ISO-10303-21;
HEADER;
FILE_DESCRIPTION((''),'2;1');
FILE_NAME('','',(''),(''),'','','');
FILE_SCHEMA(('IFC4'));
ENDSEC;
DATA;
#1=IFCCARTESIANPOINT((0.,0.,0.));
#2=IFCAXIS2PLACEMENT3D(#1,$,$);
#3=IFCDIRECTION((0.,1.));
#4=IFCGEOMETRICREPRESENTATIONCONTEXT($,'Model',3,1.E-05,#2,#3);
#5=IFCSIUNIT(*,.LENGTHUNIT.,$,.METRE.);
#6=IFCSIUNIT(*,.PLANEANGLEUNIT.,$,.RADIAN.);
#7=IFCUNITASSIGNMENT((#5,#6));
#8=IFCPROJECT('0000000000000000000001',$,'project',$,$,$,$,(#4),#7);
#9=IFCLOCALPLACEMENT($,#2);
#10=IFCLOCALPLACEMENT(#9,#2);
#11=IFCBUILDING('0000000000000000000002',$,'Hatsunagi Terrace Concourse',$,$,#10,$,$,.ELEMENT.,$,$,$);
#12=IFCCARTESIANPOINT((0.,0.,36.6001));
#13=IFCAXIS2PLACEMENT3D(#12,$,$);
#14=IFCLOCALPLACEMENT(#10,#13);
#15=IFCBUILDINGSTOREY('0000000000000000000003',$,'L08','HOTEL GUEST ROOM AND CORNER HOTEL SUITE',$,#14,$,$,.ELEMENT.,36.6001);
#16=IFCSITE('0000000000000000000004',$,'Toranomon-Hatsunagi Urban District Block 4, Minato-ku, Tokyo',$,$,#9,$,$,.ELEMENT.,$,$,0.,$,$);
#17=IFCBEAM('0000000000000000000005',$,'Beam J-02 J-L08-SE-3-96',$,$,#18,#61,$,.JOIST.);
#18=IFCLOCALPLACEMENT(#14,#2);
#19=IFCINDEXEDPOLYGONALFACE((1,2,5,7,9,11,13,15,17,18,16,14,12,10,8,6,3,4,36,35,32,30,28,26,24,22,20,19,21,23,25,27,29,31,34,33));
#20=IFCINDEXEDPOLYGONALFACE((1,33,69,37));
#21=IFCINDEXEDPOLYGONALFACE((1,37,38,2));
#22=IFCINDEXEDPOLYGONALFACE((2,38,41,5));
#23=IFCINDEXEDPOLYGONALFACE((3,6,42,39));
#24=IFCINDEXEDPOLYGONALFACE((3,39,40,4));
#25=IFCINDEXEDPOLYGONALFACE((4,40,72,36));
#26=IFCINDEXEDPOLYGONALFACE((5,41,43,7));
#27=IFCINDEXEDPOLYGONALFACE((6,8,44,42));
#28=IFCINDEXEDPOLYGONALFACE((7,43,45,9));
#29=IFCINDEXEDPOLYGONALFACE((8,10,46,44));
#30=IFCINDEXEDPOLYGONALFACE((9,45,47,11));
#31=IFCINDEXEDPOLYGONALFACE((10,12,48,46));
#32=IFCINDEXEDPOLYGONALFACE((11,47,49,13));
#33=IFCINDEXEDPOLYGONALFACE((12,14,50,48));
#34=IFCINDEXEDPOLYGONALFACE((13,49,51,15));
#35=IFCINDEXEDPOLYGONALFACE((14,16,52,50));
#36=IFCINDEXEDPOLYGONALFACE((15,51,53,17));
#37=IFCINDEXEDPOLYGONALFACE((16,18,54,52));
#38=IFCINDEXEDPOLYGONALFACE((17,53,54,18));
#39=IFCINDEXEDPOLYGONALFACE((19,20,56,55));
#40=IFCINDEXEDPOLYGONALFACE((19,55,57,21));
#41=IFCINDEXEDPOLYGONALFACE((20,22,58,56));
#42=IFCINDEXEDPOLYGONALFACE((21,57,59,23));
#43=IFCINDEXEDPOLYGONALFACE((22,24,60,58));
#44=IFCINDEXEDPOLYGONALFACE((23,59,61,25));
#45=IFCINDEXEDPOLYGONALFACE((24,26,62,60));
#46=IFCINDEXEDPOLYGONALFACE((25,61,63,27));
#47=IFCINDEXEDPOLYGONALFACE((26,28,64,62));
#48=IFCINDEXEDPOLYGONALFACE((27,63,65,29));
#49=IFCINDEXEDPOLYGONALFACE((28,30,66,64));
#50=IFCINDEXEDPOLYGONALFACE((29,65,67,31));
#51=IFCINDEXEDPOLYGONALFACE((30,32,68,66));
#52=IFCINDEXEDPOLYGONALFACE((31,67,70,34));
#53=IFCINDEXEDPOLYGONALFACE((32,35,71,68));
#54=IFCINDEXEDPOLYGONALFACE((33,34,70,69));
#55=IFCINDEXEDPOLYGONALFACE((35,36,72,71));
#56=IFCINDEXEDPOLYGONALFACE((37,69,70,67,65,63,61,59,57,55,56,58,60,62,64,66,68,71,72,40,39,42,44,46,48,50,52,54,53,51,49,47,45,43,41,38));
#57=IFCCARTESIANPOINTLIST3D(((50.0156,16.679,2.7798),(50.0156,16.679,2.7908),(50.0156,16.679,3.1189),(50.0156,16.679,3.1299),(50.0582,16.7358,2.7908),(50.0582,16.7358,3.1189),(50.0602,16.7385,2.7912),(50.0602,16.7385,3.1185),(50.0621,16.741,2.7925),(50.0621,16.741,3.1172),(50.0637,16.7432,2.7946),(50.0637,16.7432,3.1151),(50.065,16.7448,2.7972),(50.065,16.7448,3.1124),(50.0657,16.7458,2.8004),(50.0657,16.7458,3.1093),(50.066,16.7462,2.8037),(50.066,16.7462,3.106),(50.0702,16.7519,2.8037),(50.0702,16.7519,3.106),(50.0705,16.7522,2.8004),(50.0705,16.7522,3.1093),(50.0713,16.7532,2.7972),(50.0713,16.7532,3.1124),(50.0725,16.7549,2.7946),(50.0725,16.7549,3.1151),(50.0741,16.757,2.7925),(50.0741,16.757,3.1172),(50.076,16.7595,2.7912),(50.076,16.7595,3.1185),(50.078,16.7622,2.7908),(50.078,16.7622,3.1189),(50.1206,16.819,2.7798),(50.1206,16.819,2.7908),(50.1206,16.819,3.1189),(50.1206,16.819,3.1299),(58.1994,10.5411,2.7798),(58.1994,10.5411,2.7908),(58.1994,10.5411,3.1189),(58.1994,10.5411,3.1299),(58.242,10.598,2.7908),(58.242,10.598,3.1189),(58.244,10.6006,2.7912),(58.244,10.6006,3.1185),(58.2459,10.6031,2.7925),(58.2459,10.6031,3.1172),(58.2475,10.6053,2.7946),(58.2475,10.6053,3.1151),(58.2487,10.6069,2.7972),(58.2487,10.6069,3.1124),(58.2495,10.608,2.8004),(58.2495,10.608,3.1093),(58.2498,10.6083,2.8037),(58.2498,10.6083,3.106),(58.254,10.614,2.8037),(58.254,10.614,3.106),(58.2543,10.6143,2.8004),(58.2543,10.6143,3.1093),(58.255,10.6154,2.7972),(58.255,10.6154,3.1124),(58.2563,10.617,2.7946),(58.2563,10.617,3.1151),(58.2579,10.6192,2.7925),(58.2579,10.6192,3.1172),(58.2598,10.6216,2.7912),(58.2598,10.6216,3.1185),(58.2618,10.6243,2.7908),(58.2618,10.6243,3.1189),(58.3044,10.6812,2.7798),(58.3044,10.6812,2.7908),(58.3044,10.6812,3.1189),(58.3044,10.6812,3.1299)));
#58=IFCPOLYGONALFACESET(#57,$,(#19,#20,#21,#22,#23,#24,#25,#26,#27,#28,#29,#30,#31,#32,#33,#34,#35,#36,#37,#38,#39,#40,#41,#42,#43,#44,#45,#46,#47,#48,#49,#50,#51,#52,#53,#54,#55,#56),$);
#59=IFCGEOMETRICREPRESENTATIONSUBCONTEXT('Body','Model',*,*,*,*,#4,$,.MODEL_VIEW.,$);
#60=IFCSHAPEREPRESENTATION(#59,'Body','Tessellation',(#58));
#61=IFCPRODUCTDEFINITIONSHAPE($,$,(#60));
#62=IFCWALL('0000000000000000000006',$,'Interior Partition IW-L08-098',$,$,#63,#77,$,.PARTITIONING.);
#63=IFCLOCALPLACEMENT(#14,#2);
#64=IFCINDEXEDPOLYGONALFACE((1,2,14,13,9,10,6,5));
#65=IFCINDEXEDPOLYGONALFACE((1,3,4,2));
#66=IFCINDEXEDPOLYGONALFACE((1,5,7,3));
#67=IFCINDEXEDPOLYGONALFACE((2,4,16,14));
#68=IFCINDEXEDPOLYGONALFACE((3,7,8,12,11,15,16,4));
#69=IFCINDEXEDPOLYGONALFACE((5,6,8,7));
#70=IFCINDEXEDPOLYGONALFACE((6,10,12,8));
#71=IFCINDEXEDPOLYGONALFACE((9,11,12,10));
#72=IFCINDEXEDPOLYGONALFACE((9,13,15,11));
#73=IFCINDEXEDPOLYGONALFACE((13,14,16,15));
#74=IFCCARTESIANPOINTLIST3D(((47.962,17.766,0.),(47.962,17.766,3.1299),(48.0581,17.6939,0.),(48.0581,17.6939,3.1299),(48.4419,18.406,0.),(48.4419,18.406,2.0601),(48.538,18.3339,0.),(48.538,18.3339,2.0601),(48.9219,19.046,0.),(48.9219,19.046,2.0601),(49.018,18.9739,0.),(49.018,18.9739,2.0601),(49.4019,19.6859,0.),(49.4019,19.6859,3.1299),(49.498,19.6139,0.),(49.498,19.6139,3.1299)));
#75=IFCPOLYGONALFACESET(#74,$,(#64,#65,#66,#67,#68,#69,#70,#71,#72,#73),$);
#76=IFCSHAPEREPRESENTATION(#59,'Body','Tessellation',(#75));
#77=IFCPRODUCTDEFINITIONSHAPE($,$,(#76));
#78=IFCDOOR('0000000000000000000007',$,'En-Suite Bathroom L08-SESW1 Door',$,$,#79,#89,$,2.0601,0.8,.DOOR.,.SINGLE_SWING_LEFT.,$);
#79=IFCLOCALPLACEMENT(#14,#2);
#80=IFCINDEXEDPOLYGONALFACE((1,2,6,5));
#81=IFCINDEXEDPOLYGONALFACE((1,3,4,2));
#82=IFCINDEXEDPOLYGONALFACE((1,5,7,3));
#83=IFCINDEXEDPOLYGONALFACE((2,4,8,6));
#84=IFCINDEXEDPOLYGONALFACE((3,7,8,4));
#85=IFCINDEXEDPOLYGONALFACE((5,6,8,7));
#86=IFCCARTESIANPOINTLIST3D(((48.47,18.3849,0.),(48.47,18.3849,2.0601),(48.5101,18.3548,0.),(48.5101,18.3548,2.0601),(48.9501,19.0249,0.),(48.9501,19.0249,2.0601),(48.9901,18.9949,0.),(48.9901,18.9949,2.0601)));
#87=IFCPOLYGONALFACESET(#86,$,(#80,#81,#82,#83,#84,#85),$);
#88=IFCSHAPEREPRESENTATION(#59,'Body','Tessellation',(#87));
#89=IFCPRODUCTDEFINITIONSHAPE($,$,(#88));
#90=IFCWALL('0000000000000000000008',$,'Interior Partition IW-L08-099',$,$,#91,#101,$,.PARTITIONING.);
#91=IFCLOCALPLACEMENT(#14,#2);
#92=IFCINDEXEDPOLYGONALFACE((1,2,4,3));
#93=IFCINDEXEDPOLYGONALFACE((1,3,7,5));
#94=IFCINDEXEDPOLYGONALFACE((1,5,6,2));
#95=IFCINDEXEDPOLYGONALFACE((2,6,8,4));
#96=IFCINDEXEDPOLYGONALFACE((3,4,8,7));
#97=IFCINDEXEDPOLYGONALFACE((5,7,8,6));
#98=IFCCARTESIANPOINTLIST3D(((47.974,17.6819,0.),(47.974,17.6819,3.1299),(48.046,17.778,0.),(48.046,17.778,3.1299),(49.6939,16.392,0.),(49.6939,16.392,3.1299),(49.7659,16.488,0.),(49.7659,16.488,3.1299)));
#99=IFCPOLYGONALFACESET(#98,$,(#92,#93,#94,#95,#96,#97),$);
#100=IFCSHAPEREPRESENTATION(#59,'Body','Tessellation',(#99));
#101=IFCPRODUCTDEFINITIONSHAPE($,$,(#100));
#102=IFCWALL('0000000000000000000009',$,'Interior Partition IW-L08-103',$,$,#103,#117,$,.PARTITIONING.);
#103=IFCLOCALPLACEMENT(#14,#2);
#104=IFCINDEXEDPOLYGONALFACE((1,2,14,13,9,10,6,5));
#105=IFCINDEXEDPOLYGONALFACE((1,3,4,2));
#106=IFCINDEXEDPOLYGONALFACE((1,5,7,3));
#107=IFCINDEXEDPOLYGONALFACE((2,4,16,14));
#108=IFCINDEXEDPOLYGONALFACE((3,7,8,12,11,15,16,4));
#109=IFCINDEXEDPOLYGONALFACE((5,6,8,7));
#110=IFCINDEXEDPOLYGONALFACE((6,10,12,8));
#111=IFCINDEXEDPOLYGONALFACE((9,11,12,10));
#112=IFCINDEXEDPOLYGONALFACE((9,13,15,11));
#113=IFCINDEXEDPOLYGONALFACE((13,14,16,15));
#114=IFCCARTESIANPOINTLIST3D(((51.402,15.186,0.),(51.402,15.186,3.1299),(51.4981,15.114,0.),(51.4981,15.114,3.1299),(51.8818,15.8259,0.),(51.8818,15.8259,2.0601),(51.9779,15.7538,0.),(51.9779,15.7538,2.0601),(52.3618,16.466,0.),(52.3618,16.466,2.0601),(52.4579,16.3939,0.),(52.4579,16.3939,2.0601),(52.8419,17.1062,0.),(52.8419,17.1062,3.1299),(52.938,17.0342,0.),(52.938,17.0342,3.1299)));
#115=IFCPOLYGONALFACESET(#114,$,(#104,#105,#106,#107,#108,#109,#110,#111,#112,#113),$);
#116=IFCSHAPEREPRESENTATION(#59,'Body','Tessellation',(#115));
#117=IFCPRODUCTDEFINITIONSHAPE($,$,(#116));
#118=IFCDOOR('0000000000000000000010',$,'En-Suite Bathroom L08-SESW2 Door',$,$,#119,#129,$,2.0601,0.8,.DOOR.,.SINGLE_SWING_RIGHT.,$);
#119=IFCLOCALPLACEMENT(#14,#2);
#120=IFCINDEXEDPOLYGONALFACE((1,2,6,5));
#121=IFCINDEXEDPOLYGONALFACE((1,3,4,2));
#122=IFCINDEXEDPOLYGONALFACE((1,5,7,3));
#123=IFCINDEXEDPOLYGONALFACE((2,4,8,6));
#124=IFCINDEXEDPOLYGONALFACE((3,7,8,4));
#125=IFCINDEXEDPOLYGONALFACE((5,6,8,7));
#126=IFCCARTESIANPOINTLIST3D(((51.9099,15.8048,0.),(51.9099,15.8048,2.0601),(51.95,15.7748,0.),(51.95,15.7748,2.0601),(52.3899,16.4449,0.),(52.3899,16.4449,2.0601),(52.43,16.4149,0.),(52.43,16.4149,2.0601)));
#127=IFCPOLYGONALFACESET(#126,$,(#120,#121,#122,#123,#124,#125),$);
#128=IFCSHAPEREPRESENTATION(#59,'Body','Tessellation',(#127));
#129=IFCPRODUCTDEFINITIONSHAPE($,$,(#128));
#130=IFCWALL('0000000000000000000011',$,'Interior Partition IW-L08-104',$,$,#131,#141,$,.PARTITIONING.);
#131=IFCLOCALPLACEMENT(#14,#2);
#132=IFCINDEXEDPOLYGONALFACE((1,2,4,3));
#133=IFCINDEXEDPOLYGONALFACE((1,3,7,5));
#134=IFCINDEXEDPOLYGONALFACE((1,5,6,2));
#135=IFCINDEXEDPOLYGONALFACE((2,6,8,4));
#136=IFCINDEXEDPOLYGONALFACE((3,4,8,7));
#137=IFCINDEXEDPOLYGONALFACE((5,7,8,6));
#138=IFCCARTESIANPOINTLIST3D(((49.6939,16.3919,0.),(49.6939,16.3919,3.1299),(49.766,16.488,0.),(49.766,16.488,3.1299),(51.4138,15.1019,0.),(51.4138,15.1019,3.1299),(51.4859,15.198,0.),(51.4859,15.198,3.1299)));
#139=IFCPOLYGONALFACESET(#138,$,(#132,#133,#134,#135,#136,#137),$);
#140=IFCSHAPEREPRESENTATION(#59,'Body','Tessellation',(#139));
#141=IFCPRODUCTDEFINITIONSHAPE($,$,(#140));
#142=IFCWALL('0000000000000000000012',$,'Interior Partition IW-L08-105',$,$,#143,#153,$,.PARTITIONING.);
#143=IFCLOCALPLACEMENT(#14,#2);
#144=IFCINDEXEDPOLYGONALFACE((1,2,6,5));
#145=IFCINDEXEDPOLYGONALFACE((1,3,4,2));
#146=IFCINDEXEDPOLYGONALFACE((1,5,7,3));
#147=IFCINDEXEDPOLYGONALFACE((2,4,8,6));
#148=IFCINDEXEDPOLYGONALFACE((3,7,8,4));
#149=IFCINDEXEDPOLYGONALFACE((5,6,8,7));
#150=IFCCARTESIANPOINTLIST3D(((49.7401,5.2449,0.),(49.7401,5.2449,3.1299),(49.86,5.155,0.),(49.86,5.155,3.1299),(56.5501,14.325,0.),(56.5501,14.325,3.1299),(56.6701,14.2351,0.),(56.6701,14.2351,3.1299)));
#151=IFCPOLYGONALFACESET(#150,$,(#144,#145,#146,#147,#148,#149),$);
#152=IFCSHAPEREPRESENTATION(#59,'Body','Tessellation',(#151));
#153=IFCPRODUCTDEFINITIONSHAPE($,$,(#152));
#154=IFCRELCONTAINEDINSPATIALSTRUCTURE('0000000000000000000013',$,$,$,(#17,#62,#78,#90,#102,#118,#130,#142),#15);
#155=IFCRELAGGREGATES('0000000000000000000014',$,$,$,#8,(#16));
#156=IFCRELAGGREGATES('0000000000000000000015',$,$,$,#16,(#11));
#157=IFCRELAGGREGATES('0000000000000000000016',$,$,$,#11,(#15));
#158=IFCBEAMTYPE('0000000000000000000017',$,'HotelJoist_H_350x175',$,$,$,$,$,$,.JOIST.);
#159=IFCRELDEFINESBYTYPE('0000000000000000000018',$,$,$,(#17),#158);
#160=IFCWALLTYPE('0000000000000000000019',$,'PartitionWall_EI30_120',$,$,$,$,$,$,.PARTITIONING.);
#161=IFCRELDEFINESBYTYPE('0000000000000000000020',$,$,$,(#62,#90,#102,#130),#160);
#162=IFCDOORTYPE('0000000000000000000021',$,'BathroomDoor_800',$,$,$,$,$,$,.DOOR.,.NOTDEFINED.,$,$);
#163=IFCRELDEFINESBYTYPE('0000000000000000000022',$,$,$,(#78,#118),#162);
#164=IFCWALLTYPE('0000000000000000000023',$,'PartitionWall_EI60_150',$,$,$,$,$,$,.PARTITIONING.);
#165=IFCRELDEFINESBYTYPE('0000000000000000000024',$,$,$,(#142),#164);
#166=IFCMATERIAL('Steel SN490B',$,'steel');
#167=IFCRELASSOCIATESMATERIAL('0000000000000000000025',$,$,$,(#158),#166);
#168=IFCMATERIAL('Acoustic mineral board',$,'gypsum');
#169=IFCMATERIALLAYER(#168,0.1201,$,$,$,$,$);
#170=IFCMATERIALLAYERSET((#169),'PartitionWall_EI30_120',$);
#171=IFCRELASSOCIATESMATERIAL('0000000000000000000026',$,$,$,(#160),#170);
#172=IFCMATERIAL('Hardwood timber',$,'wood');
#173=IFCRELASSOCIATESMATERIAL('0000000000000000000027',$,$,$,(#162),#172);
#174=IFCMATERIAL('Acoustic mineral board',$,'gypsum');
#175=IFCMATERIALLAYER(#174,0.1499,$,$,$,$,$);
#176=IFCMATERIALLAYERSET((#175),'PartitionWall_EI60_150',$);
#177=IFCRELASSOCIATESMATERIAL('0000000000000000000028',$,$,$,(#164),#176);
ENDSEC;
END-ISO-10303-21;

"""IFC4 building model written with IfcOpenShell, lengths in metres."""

from ifc_helpers import new_model, si_unit, direction, frame, frame_2d, origin, origin_2d, place, context, subcontext, project, spatial, rectangle, i_section, extrude, material, layer, layer_set, material_profile, profile_set, type_object, element, fill, save


model = new_model("IFC4")

# Units and contexts
model_context = context("Model", 3, precision=1e-05, world=origin(), true_north=direction((0.0, 1.0)))
body_context = subcontext(model_context, "Body", "Model", "MODEL_VIEW")
ifc_project = project(units=[si_unit("LENGTHUNIT", "METRE"), si_unit("PLANEANGLEUNIT", "RADIAN")], contexts=[model_context])

# Site, building, storey
site_placement = place(None, origin())
site = spatial("IfcSite", under=ifc_project, at=site_placement, Name="Toranomon-Hatsunagi Urban District Block 4, Minato-ku, Tokyo", CompositionType="ELEMENT", RefElevation=0.0)
building_placement = place(site_placement, origin())
building = spatial("IfcBuilding", under=site, at=building_placement, Name="Hatsunagi Terrace Concourse", CompositionType="ELEMENT")
storey_placement = place(building_placement, frame((0.0, 0.0, 36.6001)))
storey = spatial("IfcBuildingStorey", under=building, at=storey_placement, Name="L08", Description="HOTEL GUEST ROOM AND CORNER HOTEL SUITE", CompositionType="ELEMENT", Elevation=36.6001)

# Beam
ifc_material_1 = material(Name="Steel SN490B", Category="steel")
ifc_material_profile_1 = material_profile(ifc_material_1, i_section(OverallWidth=0.175, OverallDepth=0.3501, WebThickness=0.0071, FlangeThickness=0.011, FilletRadius=0.0129, at=origin_2d()), Name="H-350x175x7x11")
ifc_profile_set_1 = profile_set([ifc_material_profile_1], Name="Steel SN490B")
beam_type_1 = type_object("IfcBeamType", Name="HotelJoist_H_350x175", PredefinedType="JOIST", material=ifc_profile_set_1)
beam_1_placement = place(storey_placement, frame((50.0681, 16.749, 2.9548), z_axis=(0.799997, -0.600004, 0.0), x_axis=(0.600004, 0.799997, 0.0)))
element("IfcBeam", 1, at=beam_1_placement, inside=storey, type_object=beam_type_1, Name="Beam J-02 J-L08-SE-3-96", PredefinedType="JOIST", context=body_context, shape_type="SweptSolid", body=[
    extrude(i_section(OverallWidth=0.175, OverallDepth=0.3501, WebThickness=0.0071, FlangeThickness=0.011, FilletRadius=0.0129, at=origin_2d()), origin(), (0.0, 0.0, 1.0), 10.2297),
])

# Wall, opening, door
ifc_material_2 = material(Name="Acoustic mineral board", Category="gypsum")
ifc_layer_1 = layer(ifc_material_2, 0.1201)
ifc_layer_set_1 = layer_set([ifc_layer_1], Name="PartitionWall_EI30_120")
wall_type_1 = type_object("IfcWallType", Name="PartitionWall_EI30_120", PredefinedType="PARTITIONING", material=ifc_layer_set_1)
wall_1_placement = place(storey_placement, frame((48.01, 17.73, 0.0), z_axis=(0.0, 0.0, 1.0), x_axis=(0.6, 0.8, 0.0)))
wall_1 = element("IfcWall", 2, at=wall_1_placement, inside=storey, type_object=wall_type_1, Name="Interior Partition IW-L08-098", PredefinedType="PARTITIONING", context=body_context, shape_type="SweptSolid", body=[
    extrude(rectangle(XDim=2.3999, YDim=0.1201, at=frame_2d((1.2, 0.0))), origin(), (0.0, 0.0, 1.0), 3.1299),
])
opening_1_placement = place(wall_1_placement, frame((0.8, 0.0, 0.0)))
opening_1 = element("IfcOpeningElement", 3, at=opening_1_placement, cuts=wall_1, PredefinedType="OPENING", context=body_context, shape_type="SweptSolid", body=[
    extrude(rectangle(XDim=0.8, YDim=2.0601, at=frame_2d((0.3999, 1.03))), frame((0.0, 0.0701, 0.0), z_axis=(0.0, -1.0, 0.0), x_axis=(1.0, 0.0, 0.0)), (0.0, 0.0, 1.0), 0.1401),
])
ifc_material_3 = material(Name="Hardwood timber", Category="wood")
door_type_1 = type_object("IfcDoorType", Name="BathroomDoor_800", OperationType="NOTDEFINED", PredefinedType="DOOR", material=ifc_material_3)
door_1_placement = place(opening_1_placement, origin())
door_1 = element("IfcDoor", 4, at=door_1_placement, inside=storey, type_object=door_type_1, Name="En-Suite Bathroom L08-SESW1 Door", OperationType="SINGLE_SWING_LEFT", OverallHeight=2.0601, OverallWidth=0.8, PredefinedType="DOOR", context=body_context, shape_type="SweptSolid", body=[
    extrude(rectangle(XDim=0.8, YDim=2.0601, at=frame_2d((0.3999, 1.03))), frame((0.0, 0.0249, 0.0), z_axis=(0.0, -1.0, 0.0), x_axis=(1.0, 0.0, 0.0)), (0.0, 0.0, 1.0), 0.05),
])
fill(opening_1, door_1)

# Wall
wall_2_placement = place(storey_placement, frame((48.01, 17.73, 0.0), z_axis=(0.0, 0.0, 1.0), x_axis=(0.799986, -0.600018, 0.0)))
element("IfcWall", 5, at=wall_2_placement, inside=storey, type_object=wall_type_1, Name="Interior Partition IW-L08-099", PredefinedType="PARTITIONING", context=body_context, shape_type="SweptSolid", body=[
    extrude(rectangle(XDim=2.1499, YDim=0.1201, at=frame_2d((1.075, 0.0))), origin(), (0.0, 0.0, 1.0), 3.1299),
])

# Wall, opening, door
wall_3_placement = place(storey_placement, frame((51.45, 15.1499, 0.0), z_axis=(0.0, 0.0, 1.0), x_axis=(0.599951, 0.800037, 0.0)))
wall_3 = element("IfcWall", 6, at=wall_3_placement, inside=storey, type_object=wall_type_1, Name="Interior Partition IW-L08-103", PredefinedType="PARTITIONING", context=body_context, shape_type="SweptSolid", body=[
    extrude(rectangle(XDim=2.4001, YDim=0.1201, at=frame_2d((1.2002, 0.0))), origin(), (0.0, 0.0, 1.0), 3.1299),
])
opening_2_placement = place(wall_3_placement, frame((0.8, 0.0, 0.0)))
opening_2 = element("IfcOpeningElement", 7, at=opening_2_placement, cuts=wall_3, PredefinedType="OPENING", context=body_context, shape_type="SweptSolid", body=[
    extrude(rectangle(XDim=0.8, YDim=2.0601, at=frame_2d((0.3999, 1.03))), frame((0.0, 0.0701, 0.0), z_axis=(0.0, -1.0, 0.0), x_axis=(1.0, 0.0, 0.0)), (0.0, 0.0, 1.0), 0.1401),
])
door_2_placement = place(opening_2_placement, origin())
door_2 = element("IfcDoor", 8, at=door_2_placement, inside=storey, type_object=door_type_1, Name="En-Suite Bathroom L08-SESW2 Door", OperationType="SINGLE_SWING_RIGHT", OverallHeight=2.0601, OverallWidth=0.8, PredefinedType="DOOR", context=body_context, shape_type="SweptSolid", body=[
    extrude(rectangle(XDim=0.8, YDim=2.0601, at=frame_2d((0.3999, 1.03))), frame((0.0, 0.0249, 0.0), z_axis=(0.0, -1.0, 0.0), x_axis=(1.0, 0.0, 0.0)), (0.0, 0.0, 1.0), 0.05),
])
fill(opening_2, door_2)

# Wall
wall_4_placement = place(storey_placement, frame((49.73, 16.4399, 0.0), z_axis=(0.0, 0.0, 1.0), x_axis=(0.799986, -0.600018, 0.0)))
element("IfcWall", 9, at=wall_4_placement, inside=storey, type_object=wall_type_1, Name="Interior Partition IW-L08-104", PredefinedType="PARTITIONING", context=body_context, shape_type="SweptSolid", body=[
    extrude(rectangle(XDim=2.1499, YDim=0.1201, at=frame_2d((1.075, 0.0))), origin(), (0.0, 0.0, 1.0), 3.1299),
])

# Shared definitions
ifc_material_4 = material(Name="Acoustic mineral board", Category="gypsum")
ifc_layer_2 = layer(ifc_material_4, 0.1499)
ifc_layer_set_2 = layer_set([ifc_layer_2], Name="PartitionWall_EI60_150")
wall_type_2 = type_object("IfcWallType", Name="PartitionWall_EI60_150", PredefinedType="PARTITIONING", material=ifc_layer_set_2)

# Wall
wall_5_placement = place(storey_placement, frame((49.8, 5.2, 0.0), z_axis=(0.0, 0.0, 1.0), x_axis=(0.6, 0.8, 0.0)))
element("IfcWall", 10, at=wall_5_placement, inside=storey, type_object=wall_type_2, Name="Interior Partition IW-L08-105", PredefinedType="PARTITIONING", context=body_context, shape_type="SweptSolid", body=[
    extrude(rectangle(XDim=11.3501, YDim=0.1499, at=frame_2d((5.675, 0.0))), origin(), (0.0, 0.0, 1.0), 3.1299),
])

save(model, "model.ifc")
